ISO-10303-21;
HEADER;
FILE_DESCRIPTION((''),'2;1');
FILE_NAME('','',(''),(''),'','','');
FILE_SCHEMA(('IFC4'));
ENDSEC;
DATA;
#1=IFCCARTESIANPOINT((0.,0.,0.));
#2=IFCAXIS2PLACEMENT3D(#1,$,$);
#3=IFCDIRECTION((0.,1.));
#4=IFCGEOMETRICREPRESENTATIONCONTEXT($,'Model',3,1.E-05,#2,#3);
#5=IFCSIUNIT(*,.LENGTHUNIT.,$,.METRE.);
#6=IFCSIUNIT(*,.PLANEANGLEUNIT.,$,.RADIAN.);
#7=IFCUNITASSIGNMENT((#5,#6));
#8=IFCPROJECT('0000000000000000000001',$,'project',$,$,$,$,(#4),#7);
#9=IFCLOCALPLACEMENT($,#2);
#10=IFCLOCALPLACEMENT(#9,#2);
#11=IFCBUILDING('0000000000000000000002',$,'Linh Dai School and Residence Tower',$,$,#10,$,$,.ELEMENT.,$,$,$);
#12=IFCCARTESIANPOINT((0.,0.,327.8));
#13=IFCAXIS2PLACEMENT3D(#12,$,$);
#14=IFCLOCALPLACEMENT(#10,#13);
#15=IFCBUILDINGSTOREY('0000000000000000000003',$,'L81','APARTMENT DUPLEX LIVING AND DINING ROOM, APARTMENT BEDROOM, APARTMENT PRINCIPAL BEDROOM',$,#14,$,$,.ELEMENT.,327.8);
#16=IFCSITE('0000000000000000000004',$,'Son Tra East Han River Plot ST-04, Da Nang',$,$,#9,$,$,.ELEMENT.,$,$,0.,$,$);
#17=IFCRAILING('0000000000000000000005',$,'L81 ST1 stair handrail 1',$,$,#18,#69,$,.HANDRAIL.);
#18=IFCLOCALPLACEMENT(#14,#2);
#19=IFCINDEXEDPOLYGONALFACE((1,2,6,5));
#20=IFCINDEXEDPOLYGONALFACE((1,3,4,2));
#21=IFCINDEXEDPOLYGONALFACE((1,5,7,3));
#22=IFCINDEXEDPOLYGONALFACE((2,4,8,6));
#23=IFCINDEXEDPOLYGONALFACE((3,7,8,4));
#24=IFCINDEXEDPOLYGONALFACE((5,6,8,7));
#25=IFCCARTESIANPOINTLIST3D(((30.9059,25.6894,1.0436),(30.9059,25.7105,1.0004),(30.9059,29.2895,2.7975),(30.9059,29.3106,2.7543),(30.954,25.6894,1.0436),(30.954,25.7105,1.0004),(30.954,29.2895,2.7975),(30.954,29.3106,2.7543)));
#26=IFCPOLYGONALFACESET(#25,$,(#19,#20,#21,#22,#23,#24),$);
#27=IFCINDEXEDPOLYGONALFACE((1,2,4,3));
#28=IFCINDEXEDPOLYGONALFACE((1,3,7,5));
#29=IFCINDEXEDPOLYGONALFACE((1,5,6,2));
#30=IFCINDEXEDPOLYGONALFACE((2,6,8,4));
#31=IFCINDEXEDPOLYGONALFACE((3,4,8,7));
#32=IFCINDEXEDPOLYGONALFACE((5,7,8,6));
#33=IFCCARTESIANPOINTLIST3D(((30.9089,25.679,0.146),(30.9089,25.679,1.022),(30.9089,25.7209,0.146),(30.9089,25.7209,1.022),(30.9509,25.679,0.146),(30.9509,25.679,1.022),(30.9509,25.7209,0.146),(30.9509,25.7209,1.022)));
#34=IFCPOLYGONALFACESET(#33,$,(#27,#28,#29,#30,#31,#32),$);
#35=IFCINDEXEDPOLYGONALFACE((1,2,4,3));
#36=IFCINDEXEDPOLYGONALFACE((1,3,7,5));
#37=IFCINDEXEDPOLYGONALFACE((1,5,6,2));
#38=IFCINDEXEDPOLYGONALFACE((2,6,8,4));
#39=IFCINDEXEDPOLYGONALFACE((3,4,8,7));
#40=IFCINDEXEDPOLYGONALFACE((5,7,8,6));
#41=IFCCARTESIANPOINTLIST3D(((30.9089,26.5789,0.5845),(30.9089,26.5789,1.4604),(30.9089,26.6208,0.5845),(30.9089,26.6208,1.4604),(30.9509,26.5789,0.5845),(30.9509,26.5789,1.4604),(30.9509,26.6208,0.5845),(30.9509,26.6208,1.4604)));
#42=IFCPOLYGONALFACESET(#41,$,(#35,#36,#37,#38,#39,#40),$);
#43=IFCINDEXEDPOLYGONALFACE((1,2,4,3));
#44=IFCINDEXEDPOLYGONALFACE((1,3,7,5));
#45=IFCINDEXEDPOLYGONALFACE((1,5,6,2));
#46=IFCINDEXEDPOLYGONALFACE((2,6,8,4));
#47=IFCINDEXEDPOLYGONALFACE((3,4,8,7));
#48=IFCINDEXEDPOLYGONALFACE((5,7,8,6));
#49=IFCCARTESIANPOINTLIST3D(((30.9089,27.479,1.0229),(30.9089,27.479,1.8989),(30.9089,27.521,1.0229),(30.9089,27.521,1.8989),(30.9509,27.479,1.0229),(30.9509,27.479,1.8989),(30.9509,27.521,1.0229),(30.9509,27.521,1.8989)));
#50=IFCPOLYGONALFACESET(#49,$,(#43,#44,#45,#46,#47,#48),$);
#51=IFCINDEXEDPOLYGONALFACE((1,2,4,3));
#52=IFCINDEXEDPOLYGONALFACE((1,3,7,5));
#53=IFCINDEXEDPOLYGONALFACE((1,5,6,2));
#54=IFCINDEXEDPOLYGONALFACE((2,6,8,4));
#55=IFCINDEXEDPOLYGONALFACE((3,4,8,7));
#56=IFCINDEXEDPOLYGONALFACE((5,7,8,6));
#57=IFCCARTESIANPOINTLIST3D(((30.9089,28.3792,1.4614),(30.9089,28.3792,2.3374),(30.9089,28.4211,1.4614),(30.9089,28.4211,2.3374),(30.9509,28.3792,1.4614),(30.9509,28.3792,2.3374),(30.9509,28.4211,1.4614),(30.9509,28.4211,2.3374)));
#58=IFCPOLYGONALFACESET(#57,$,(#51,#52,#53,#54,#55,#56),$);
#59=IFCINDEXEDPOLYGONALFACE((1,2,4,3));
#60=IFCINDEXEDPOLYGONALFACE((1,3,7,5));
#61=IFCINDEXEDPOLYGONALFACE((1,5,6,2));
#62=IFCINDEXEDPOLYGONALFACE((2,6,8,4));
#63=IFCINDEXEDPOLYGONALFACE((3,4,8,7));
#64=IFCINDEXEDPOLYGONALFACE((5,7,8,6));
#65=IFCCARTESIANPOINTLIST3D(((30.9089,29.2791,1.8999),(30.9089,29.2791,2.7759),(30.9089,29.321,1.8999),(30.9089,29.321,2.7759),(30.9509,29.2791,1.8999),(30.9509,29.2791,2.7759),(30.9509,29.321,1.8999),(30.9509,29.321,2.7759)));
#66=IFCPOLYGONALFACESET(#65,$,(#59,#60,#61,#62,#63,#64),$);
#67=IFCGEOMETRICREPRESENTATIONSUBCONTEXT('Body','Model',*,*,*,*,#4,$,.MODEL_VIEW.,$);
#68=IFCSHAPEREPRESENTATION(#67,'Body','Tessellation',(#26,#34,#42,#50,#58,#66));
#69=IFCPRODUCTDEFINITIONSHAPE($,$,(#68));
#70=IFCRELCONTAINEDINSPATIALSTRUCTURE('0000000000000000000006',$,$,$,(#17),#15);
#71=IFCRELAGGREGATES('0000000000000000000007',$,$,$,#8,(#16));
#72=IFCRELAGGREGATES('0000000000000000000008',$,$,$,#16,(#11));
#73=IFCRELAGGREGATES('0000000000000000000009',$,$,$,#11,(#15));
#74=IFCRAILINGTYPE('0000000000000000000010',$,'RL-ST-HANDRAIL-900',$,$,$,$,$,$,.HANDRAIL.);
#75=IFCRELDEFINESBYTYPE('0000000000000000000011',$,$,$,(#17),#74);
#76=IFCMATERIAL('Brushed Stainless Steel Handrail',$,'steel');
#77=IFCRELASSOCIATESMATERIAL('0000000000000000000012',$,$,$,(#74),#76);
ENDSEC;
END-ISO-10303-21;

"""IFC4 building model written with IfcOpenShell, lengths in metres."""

from ifc_helpers import new_model, si_unit, direction, frame, origin, origin_2d, place, context, subcontext, project, spatial, rectangle, extrude, source, transform, mapped, material, type_object, element, save


model = new_model("IFC4")

# Units and contexts
model_context = context("Model", 3, precision=1e-05, world=origin(), true_north=direction((0.0, 1.0)))
body_context = subcontext(model_context, "Body", "Model", "MODEL_VIEW")
ifc_project = project(units=[si_unit("LENGTHUNIT", "METRE"), si_unit("PLANEANGLEUNIT", "RADIAN")], contexts=[model_context])

# Site, building, storey
site_placement = place(None, origin())
site = spatial("IfcSite", under=ifc_project, at=site_placement, Name="Son Tra East Han River Plot ST-04, Da Nang", CompositionType="ELEMENT", RefElevation=0.0)
building_placement = place(site_placement, origin())
building = spatial("IfcBuilding", under=site, at=building_placement, Name="Linh Dai School and Residence Tower", CompositionType="ELEMENT")
storey_placement = place(building_placement, frame((0.0, 0.0, 327.8)))
storey = spatial("IfcBuildingStorey", under=building, at=storey_placement, Name="L81", Description="APARTMENT DUPLEX LIVING AND DINING ROOM, APARTMENT BEDROOM, APARTMENT PRINCIPAL BEDROOM", CompositionType="ELEMENT", Elevation=327.8)

# Railing
ifc_material_1 = material(Name="Brushed Stainless Steel Handrail", Category="steel")
railing_type_1 = type_object("IfcRailingType", Name="RL-ST-HANDRAIL-900", PredefinedType="HANDRAIL", material=ifc_material_1)
shared_shape_1 = source(origin(), body_context, "Body", "SweptSolid", [
    extrude(rectangle(XDim=0.0481, YDim=0.0481, at=origin_2d()), frame((0.0, 0.0, 0.876), z_axis=(0.0, 0.898989, 0.437972), x_axis=(-1.0, 0.0, 0.0)), (0.0, 0.0, 1.0), 4.0046),
    extrude(rectangle(XDim=0.042, YDim=0.042, at=origin_2d()), origin(), (0.0, 0.0, 1.0), 0.876),
    extrude(rectangle(XDim=0.042, YDim=0.042, at=origin_2d()), frame((0.0, 0.8999, 0.4385)), (0.0, 0.0, 1.0), 0.876),
    extrude(rectangle(XDim=0.042, YDim=0.042, at=origin_2d()), frame((0.0, 1.8, 0.877)), (0.0, 0.0, 1.0), 0.876),
    extrude(rectangle(XDim=0.042, YDim=0.042, at=origin_2d()), frame((0.0, 2.7002, 1.3154)), (0.0, 0.0, 1.0), 0.876),
    extrude(rectangle(XDim=0.042, YDim=0.042, at=origin_2d()), frame((0.0, 3.6001, 1.7539)), (0.0, 0.0, 1.0), 0.876),
])
railing_1_placement = place(storey_placement, frame((30.9299, 25.7, 0.146)))
element("IfcRailing", 1, at=railing_1_placement, inside=storey, type_object=railing_type_1, Name="L81 ST1 stair handrail 1", PredefinedType="HANDRAIL", context=body_context, shape_type="MappedRepresentation", body=[
    mapped(shared_shape_1, transform((0.0, 0.0, 0.0), x_axis=(1.0, 0.0, 0.0), y_axis=(0.0, 1.0, 0.0), z_axis=(0.0, 0.0, 1.0), scale=1.0)),
])

save(model, "model.ifc")
